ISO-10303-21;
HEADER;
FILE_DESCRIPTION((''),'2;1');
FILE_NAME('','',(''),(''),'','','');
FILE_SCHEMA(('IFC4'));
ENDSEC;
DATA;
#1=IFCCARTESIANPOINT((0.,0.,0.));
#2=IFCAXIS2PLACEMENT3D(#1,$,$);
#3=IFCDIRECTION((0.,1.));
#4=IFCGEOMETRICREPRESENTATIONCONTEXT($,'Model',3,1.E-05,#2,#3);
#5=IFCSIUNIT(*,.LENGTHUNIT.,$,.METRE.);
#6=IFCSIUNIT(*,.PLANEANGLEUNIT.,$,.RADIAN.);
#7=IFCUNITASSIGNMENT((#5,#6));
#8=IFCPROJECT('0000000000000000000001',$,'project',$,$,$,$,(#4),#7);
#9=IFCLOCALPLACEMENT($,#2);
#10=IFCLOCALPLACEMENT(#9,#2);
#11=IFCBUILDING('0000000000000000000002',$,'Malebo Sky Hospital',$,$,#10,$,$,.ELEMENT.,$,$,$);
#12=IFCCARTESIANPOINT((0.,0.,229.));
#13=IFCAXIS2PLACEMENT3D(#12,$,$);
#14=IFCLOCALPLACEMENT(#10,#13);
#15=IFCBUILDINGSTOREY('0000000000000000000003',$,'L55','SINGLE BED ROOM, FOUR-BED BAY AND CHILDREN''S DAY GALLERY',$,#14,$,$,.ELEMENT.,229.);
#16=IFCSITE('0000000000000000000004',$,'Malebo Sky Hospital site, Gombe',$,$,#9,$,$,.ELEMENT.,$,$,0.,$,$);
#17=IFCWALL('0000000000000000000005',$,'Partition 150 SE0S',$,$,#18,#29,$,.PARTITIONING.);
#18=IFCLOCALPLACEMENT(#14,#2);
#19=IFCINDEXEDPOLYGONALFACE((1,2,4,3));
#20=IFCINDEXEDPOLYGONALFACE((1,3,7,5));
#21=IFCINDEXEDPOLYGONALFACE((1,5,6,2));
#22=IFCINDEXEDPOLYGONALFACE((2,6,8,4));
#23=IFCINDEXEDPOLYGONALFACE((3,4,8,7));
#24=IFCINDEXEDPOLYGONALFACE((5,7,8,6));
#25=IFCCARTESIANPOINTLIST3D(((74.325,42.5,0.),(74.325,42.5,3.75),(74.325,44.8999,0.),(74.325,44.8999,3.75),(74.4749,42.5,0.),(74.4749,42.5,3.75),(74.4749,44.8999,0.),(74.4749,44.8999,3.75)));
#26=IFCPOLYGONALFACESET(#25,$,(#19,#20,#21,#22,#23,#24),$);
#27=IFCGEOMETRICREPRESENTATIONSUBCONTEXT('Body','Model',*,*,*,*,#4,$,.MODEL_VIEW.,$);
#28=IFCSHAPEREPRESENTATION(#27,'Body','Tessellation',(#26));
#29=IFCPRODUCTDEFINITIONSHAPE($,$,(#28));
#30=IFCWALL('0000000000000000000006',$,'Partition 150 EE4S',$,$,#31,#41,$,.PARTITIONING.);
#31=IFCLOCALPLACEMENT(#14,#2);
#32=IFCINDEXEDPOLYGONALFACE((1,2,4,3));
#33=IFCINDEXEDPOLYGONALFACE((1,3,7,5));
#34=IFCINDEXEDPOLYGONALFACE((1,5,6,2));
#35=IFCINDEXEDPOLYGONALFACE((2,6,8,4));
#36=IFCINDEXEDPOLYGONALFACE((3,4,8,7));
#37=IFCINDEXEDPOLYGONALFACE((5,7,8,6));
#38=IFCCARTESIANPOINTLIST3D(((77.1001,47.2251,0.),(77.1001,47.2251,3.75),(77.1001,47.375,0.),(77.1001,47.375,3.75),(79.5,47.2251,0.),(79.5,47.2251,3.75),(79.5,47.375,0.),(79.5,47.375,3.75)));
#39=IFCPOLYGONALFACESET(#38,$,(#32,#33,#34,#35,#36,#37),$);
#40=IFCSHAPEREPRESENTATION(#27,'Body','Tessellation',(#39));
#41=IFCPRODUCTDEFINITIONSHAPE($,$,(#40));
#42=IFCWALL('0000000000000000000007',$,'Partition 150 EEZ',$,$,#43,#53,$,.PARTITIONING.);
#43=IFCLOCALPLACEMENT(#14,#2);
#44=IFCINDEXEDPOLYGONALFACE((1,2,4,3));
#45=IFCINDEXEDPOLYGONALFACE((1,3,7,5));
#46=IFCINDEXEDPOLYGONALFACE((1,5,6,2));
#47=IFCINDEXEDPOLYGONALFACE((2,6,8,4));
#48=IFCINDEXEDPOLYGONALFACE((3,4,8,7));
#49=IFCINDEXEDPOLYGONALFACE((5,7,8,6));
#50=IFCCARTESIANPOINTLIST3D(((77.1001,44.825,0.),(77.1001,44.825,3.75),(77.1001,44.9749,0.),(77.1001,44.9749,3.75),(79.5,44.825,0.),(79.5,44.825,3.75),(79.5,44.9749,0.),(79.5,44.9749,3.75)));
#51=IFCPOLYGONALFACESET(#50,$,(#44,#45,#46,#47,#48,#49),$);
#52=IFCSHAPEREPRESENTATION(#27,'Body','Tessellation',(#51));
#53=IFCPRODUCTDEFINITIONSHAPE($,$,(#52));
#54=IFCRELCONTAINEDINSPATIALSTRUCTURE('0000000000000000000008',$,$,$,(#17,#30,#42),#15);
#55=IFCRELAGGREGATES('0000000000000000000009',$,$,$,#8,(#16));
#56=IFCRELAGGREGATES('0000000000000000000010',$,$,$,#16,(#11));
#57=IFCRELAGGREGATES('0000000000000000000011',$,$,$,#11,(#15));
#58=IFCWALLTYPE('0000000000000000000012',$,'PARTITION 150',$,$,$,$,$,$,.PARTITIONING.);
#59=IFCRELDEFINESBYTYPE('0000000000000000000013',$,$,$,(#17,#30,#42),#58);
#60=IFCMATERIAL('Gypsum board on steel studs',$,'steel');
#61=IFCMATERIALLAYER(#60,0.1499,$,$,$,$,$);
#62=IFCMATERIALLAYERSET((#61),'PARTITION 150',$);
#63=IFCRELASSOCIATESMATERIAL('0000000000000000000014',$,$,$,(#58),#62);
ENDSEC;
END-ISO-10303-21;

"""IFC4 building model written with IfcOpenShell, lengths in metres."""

from ifc_helpers import new_model, si_unit, direction, frame, frame_2d, origin, place, context, subcontext, project, spatial, rectangle, extrude, material, layer, layer_set, type_object, element, save


model = new_model("IFC4")

# Units and contexts
model_context = context("Model", 3, precision=1e-05, world=origin(), true_north=direction((0.0, 1.0)))
body_context = subcontext(model_context, "Body", "Model", "MODEL_VIEW")
ifc_project = project(units=[si_unit("LENGTHUNIT", "METRE"), si_unit("PLANEANGLEUNIT", "RADIAN")], contexts=[model_context])

# Site, building, storey
site_placement = place(None, origin())
site = spatial("IfcSite", under=ifc_project, at=site_placement, Name="Malebo Sky Hospital site, Gombe", CompositionType="ELEMENT", RefElevation=0.0)
building_placement = place(site_placement, origin())
building = spatial("IfcBuilding", under=site, at=building_placement, Name="Malebo Sky Hospital", CompositionType="ELEMENT")
storey_placement = place(building_placement, frame((0.0, 0.0, 229.0)))
storey = spatial("IfcBuildingStorey", under=building, at=storey_placement, Name="L55", Description="SINGLE BED ROOM, FOUR-BED BAY AND CHILDREN'S DAY GALLERY", CompositionType="ELEMENT", Elevation=229.0)

# Shared definitions
ifc_material_1 = material(Name="Gypsum board on steel studs", Category="steel")

# Shared definitions
ifc_layer_1 = layer(ifc_material_1, 0.1499)
ifc_layer_set_1 = layer_set([ifc_layer_1], Name="PARTITION 150")
wall_type_1 = type_object("IfcWallType", Name="PARTITION 150", PredefinedType="PARTITIONING", material=ifc_layer_set_1)

# Walls
for number, where, z_axis, x_axis, name in (
    (1, (74.3999, 44.8999, 0.0), (0.0, 0.0, 1.0), (0.0, -1.0, 0.0), "Partition 150 SE0S"),
    (2, (77.1001, 47.3, 0.0), (0.0, 0.0, 1.0), (1.0, 0.0, 0.0), "Partition 150 EE4S"),
    (3, (77.1001, 44.8999, 0.0), (0.0, 0.0, 1.0), (1.0, 0.0, 0.0), "Partition 150 EEZ"),
):
    element("IfcWall", number, at=place(storey_placement, frame(where, z_axis=z_axis, x_axis=x_axis)), inside=storey, type_object=wall_type_1, Name=name, PredefinedType="PARTITIONING", context=body_context, shape_type="SweptSolid", body=[
        extrude(rectangle(XDim=2.3999, YDim=0.1499, at=frame_2d((1.2, 0.0))), origin(), (0.0, 0.0, 1.0), 3.75),
    ])

save(model, "model.ifc")
